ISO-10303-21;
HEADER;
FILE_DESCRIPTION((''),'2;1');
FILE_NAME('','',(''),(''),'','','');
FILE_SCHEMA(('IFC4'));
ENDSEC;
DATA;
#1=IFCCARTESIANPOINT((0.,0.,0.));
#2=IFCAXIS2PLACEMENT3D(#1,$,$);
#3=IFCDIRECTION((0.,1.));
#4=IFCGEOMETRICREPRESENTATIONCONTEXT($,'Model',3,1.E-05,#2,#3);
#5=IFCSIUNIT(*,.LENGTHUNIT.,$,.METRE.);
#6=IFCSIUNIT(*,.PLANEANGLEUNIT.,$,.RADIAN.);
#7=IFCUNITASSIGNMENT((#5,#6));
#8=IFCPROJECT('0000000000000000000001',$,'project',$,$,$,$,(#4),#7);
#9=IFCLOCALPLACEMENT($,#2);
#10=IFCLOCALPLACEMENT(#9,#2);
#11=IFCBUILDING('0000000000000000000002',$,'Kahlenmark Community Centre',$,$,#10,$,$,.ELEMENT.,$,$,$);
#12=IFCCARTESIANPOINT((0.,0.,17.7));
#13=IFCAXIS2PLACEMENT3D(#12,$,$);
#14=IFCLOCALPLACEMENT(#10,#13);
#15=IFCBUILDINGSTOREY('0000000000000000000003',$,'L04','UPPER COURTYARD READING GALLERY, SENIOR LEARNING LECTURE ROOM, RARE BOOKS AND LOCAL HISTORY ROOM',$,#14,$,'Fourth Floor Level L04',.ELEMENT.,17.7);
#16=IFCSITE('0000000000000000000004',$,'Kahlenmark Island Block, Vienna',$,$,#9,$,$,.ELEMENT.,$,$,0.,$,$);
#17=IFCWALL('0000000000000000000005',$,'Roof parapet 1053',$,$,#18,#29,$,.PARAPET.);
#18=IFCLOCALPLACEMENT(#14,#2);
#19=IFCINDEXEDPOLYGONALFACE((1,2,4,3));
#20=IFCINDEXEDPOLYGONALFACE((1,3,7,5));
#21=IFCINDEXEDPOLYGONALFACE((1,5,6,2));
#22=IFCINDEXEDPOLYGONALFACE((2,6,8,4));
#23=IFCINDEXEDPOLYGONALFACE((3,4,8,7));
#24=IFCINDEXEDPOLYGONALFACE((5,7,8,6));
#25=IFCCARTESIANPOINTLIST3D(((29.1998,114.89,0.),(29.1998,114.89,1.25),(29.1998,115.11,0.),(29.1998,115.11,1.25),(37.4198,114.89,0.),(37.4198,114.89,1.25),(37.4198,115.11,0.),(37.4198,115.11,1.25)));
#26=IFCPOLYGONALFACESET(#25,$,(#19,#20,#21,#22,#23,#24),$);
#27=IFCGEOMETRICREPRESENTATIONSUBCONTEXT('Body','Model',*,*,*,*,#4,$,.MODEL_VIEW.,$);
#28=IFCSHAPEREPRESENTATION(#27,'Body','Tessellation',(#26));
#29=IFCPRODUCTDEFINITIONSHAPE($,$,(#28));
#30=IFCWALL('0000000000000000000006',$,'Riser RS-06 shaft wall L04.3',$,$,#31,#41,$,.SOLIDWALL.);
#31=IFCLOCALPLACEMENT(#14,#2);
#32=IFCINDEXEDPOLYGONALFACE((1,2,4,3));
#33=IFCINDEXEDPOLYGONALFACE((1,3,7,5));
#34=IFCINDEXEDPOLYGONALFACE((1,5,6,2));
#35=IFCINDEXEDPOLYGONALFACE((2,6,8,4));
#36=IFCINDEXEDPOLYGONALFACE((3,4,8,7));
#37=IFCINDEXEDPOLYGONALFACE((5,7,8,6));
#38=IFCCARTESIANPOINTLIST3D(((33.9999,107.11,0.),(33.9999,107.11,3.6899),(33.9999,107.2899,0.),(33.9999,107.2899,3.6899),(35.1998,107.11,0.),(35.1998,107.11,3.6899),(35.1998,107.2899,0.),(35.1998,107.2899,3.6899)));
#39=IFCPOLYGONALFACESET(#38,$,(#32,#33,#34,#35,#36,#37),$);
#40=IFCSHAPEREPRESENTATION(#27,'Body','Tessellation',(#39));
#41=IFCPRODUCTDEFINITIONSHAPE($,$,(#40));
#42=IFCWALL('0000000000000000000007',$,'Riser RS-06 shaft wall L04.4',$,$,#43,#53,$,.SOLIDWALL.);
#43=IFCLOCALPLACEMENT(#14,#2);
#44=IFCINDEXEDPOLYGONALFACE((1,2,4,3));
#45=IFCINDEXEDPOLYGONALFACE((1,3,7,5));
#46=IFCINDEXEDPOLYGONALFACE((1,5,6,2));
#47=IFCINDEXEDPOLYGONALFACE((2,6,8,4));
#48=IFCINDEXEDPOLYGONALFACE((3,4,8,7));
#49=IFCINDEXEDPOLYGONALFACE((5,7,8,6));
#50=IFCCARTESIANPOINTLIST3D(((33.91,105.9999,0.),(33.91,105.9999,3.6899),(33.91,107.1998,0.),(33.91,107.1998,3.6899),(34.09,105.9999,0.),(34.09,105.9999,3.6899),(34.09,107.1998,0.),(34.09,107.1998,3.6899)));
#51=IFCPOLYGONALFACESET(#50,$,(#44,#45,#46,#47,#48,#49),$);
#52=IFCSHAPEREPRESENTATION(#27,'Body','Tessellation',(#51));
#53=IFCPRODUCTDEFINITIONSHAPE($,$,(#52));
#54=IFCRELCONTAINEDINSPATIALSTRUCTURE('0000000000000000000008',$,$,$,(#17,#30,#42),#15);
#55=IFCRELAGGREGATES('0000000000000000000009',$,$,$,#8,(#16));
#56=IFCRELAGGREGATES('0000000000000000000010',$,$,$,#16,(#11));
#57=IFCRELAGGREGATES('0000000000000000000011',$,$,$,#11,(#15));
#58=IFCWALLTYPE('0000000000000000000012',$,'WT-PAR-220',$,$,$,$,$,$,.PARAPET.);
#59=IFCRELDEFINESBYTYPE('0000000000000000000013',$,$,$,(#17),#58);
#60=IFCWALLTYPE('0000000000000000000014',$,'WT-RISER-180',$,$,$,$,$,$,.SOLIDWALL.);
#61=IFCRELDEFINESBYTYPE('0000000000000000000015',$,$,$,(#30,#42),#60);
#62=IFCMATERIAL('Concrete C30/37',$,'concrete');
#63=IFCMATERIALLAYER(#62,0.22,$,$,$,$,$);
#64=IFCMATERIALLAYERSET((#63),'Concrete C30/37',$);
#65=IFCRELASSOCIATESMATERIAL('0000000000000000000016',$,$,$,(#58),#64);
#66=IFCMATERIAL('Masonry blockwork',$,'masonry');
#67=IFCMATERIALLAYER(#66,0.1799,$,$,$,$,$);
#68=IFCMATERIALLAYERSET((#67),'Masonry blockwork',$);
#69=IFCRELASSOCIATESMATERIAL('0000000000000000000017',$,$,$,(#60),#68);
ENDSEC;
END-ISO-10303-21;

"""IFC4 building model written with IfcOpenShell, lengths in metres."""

from ifc_helpers import new_model, si_unit, direction, frame, frame_2d, origin, place, context, subcontext, project, spatial, rectangle, extrude, material, layer, layer_set, type_object, element, save


model = new_model("IFC4")

# Units and contexts
model_context = context("Model", 3, precision=1e-05, world=origin(), true_north=direction((0.0, 1.0)))
body_context = subcontext(model_context, "Body", "Model", "MODEL_VIEW")
ifc_project = project(units=[si_unit("LENGTHUNIT", "METRE"), si_unit("PLANEANGLEUNIT", "RADIAN")], contexts=[model_context])

# Site, building, storey
site_placement = place(None, origin())
site = spatial("IfcSite", under=ifc_project, at=site_placement, Name="Kahlenmark Island Block, Vienna", CompositionType="ELEMENT", RefElevation=0.0)
building_placement = place(site_placement, origin())
building = spatial("IfcBuilding", under=site, at=building_placement, Name="Kahlenmark Community Centre", CompositionType="ELEMENT")
storey_placement = place(building_placement, frame((0.0, 0.0, 17.7)))
storey = spatial("IfcBuildingStorey", under=building, at=storey_placement, Name="L04", Description="UPPER COURTYARD READING GALLERY, SENIOR LEARNING LECTURE ROOM, RARE BOOKS AND LOCAL HISTORY ROOM", LongName="Fourth Floor Level L04", CompositionType="ELEMENT", Elevation=17.7)

# Walls
ifc_material_1 = material(Name="Concrete C30/37", Category="concrete")
ifc_layer_1 = layer(ifc_material_1, 0.22)
ifc_layer_set_1 = layer_set([ifc_layer_1], Name="Concrete C30/37")
wall_type_1 = type_object("IfcWallType", Name="WT-PAR-220", PredefinedType="PARAPET", material=ifc_layer_set_1)
wall_1_placement = place(storey_placement, frame((29.2, 115.0, 0.0), z_axis=(0.0, 0.0, 1.0), x_axis=(1.0, 0.0, 0.0)))
element("IfcWall", 1, at=wall_1_placement, inside=storey, type_object=wall_type_1, Name="Roof parapet 1053", PredefinedType="PARAPET", context=body_context, shape_type="SweptSolid", body=[
    extrude(rectangle(XDim=8.22, YDim=0.22, at=frame_2d((4.1099, 0.0))), origin(), (0.0, 0.0, 1.0), 1.25),
])
ifc_material_2 = material(Name="Masonry blockwork", Category="masonry")
ifc_layer_2 = layer(ifc_material_2, 0.1799)
ifc_layer_set_2 = layer_set([ifc_layer_2], Name="Masonry blockwork")
wall_type_2 = type_object("IfcWallType", Name="WT-RISER-180", PredefinedType="SOLIDWALL", material=ifc_layer_set_2)
for number, where, z_axis, x_axis, name in (
    (2, (35.2, 107.2, 0.0), (0.0, 0.0, 1.0), (-1.0, 0.0, 0.0), "Riser RS-06 shaft wall L04.3"),
    (3, (34.0, 107.2, 0.0), (0.0, 0.0, 1.0), (0.0, -1.0, 0.0), "Riser RS-06 shaft wall L04.4"),
):
    element("IfcWall", number, at=place(storey_placement, frame(where, z_axis=z_axis, x_axis=x_axis)), inside=storey, type_object=wall_type_2, Name=name, PredefinedType="SOLIDWALL", context=body_context, shape_type="SweptSolid", body=[
        extrude(rectangle(XDim=1.2, YDim=0.1799, at=frame_2d((0.6001, 0.0))), origin(), (0.0, 0.0, 1.0), 3.6899),
    ])

save(model, "model.ifc")
